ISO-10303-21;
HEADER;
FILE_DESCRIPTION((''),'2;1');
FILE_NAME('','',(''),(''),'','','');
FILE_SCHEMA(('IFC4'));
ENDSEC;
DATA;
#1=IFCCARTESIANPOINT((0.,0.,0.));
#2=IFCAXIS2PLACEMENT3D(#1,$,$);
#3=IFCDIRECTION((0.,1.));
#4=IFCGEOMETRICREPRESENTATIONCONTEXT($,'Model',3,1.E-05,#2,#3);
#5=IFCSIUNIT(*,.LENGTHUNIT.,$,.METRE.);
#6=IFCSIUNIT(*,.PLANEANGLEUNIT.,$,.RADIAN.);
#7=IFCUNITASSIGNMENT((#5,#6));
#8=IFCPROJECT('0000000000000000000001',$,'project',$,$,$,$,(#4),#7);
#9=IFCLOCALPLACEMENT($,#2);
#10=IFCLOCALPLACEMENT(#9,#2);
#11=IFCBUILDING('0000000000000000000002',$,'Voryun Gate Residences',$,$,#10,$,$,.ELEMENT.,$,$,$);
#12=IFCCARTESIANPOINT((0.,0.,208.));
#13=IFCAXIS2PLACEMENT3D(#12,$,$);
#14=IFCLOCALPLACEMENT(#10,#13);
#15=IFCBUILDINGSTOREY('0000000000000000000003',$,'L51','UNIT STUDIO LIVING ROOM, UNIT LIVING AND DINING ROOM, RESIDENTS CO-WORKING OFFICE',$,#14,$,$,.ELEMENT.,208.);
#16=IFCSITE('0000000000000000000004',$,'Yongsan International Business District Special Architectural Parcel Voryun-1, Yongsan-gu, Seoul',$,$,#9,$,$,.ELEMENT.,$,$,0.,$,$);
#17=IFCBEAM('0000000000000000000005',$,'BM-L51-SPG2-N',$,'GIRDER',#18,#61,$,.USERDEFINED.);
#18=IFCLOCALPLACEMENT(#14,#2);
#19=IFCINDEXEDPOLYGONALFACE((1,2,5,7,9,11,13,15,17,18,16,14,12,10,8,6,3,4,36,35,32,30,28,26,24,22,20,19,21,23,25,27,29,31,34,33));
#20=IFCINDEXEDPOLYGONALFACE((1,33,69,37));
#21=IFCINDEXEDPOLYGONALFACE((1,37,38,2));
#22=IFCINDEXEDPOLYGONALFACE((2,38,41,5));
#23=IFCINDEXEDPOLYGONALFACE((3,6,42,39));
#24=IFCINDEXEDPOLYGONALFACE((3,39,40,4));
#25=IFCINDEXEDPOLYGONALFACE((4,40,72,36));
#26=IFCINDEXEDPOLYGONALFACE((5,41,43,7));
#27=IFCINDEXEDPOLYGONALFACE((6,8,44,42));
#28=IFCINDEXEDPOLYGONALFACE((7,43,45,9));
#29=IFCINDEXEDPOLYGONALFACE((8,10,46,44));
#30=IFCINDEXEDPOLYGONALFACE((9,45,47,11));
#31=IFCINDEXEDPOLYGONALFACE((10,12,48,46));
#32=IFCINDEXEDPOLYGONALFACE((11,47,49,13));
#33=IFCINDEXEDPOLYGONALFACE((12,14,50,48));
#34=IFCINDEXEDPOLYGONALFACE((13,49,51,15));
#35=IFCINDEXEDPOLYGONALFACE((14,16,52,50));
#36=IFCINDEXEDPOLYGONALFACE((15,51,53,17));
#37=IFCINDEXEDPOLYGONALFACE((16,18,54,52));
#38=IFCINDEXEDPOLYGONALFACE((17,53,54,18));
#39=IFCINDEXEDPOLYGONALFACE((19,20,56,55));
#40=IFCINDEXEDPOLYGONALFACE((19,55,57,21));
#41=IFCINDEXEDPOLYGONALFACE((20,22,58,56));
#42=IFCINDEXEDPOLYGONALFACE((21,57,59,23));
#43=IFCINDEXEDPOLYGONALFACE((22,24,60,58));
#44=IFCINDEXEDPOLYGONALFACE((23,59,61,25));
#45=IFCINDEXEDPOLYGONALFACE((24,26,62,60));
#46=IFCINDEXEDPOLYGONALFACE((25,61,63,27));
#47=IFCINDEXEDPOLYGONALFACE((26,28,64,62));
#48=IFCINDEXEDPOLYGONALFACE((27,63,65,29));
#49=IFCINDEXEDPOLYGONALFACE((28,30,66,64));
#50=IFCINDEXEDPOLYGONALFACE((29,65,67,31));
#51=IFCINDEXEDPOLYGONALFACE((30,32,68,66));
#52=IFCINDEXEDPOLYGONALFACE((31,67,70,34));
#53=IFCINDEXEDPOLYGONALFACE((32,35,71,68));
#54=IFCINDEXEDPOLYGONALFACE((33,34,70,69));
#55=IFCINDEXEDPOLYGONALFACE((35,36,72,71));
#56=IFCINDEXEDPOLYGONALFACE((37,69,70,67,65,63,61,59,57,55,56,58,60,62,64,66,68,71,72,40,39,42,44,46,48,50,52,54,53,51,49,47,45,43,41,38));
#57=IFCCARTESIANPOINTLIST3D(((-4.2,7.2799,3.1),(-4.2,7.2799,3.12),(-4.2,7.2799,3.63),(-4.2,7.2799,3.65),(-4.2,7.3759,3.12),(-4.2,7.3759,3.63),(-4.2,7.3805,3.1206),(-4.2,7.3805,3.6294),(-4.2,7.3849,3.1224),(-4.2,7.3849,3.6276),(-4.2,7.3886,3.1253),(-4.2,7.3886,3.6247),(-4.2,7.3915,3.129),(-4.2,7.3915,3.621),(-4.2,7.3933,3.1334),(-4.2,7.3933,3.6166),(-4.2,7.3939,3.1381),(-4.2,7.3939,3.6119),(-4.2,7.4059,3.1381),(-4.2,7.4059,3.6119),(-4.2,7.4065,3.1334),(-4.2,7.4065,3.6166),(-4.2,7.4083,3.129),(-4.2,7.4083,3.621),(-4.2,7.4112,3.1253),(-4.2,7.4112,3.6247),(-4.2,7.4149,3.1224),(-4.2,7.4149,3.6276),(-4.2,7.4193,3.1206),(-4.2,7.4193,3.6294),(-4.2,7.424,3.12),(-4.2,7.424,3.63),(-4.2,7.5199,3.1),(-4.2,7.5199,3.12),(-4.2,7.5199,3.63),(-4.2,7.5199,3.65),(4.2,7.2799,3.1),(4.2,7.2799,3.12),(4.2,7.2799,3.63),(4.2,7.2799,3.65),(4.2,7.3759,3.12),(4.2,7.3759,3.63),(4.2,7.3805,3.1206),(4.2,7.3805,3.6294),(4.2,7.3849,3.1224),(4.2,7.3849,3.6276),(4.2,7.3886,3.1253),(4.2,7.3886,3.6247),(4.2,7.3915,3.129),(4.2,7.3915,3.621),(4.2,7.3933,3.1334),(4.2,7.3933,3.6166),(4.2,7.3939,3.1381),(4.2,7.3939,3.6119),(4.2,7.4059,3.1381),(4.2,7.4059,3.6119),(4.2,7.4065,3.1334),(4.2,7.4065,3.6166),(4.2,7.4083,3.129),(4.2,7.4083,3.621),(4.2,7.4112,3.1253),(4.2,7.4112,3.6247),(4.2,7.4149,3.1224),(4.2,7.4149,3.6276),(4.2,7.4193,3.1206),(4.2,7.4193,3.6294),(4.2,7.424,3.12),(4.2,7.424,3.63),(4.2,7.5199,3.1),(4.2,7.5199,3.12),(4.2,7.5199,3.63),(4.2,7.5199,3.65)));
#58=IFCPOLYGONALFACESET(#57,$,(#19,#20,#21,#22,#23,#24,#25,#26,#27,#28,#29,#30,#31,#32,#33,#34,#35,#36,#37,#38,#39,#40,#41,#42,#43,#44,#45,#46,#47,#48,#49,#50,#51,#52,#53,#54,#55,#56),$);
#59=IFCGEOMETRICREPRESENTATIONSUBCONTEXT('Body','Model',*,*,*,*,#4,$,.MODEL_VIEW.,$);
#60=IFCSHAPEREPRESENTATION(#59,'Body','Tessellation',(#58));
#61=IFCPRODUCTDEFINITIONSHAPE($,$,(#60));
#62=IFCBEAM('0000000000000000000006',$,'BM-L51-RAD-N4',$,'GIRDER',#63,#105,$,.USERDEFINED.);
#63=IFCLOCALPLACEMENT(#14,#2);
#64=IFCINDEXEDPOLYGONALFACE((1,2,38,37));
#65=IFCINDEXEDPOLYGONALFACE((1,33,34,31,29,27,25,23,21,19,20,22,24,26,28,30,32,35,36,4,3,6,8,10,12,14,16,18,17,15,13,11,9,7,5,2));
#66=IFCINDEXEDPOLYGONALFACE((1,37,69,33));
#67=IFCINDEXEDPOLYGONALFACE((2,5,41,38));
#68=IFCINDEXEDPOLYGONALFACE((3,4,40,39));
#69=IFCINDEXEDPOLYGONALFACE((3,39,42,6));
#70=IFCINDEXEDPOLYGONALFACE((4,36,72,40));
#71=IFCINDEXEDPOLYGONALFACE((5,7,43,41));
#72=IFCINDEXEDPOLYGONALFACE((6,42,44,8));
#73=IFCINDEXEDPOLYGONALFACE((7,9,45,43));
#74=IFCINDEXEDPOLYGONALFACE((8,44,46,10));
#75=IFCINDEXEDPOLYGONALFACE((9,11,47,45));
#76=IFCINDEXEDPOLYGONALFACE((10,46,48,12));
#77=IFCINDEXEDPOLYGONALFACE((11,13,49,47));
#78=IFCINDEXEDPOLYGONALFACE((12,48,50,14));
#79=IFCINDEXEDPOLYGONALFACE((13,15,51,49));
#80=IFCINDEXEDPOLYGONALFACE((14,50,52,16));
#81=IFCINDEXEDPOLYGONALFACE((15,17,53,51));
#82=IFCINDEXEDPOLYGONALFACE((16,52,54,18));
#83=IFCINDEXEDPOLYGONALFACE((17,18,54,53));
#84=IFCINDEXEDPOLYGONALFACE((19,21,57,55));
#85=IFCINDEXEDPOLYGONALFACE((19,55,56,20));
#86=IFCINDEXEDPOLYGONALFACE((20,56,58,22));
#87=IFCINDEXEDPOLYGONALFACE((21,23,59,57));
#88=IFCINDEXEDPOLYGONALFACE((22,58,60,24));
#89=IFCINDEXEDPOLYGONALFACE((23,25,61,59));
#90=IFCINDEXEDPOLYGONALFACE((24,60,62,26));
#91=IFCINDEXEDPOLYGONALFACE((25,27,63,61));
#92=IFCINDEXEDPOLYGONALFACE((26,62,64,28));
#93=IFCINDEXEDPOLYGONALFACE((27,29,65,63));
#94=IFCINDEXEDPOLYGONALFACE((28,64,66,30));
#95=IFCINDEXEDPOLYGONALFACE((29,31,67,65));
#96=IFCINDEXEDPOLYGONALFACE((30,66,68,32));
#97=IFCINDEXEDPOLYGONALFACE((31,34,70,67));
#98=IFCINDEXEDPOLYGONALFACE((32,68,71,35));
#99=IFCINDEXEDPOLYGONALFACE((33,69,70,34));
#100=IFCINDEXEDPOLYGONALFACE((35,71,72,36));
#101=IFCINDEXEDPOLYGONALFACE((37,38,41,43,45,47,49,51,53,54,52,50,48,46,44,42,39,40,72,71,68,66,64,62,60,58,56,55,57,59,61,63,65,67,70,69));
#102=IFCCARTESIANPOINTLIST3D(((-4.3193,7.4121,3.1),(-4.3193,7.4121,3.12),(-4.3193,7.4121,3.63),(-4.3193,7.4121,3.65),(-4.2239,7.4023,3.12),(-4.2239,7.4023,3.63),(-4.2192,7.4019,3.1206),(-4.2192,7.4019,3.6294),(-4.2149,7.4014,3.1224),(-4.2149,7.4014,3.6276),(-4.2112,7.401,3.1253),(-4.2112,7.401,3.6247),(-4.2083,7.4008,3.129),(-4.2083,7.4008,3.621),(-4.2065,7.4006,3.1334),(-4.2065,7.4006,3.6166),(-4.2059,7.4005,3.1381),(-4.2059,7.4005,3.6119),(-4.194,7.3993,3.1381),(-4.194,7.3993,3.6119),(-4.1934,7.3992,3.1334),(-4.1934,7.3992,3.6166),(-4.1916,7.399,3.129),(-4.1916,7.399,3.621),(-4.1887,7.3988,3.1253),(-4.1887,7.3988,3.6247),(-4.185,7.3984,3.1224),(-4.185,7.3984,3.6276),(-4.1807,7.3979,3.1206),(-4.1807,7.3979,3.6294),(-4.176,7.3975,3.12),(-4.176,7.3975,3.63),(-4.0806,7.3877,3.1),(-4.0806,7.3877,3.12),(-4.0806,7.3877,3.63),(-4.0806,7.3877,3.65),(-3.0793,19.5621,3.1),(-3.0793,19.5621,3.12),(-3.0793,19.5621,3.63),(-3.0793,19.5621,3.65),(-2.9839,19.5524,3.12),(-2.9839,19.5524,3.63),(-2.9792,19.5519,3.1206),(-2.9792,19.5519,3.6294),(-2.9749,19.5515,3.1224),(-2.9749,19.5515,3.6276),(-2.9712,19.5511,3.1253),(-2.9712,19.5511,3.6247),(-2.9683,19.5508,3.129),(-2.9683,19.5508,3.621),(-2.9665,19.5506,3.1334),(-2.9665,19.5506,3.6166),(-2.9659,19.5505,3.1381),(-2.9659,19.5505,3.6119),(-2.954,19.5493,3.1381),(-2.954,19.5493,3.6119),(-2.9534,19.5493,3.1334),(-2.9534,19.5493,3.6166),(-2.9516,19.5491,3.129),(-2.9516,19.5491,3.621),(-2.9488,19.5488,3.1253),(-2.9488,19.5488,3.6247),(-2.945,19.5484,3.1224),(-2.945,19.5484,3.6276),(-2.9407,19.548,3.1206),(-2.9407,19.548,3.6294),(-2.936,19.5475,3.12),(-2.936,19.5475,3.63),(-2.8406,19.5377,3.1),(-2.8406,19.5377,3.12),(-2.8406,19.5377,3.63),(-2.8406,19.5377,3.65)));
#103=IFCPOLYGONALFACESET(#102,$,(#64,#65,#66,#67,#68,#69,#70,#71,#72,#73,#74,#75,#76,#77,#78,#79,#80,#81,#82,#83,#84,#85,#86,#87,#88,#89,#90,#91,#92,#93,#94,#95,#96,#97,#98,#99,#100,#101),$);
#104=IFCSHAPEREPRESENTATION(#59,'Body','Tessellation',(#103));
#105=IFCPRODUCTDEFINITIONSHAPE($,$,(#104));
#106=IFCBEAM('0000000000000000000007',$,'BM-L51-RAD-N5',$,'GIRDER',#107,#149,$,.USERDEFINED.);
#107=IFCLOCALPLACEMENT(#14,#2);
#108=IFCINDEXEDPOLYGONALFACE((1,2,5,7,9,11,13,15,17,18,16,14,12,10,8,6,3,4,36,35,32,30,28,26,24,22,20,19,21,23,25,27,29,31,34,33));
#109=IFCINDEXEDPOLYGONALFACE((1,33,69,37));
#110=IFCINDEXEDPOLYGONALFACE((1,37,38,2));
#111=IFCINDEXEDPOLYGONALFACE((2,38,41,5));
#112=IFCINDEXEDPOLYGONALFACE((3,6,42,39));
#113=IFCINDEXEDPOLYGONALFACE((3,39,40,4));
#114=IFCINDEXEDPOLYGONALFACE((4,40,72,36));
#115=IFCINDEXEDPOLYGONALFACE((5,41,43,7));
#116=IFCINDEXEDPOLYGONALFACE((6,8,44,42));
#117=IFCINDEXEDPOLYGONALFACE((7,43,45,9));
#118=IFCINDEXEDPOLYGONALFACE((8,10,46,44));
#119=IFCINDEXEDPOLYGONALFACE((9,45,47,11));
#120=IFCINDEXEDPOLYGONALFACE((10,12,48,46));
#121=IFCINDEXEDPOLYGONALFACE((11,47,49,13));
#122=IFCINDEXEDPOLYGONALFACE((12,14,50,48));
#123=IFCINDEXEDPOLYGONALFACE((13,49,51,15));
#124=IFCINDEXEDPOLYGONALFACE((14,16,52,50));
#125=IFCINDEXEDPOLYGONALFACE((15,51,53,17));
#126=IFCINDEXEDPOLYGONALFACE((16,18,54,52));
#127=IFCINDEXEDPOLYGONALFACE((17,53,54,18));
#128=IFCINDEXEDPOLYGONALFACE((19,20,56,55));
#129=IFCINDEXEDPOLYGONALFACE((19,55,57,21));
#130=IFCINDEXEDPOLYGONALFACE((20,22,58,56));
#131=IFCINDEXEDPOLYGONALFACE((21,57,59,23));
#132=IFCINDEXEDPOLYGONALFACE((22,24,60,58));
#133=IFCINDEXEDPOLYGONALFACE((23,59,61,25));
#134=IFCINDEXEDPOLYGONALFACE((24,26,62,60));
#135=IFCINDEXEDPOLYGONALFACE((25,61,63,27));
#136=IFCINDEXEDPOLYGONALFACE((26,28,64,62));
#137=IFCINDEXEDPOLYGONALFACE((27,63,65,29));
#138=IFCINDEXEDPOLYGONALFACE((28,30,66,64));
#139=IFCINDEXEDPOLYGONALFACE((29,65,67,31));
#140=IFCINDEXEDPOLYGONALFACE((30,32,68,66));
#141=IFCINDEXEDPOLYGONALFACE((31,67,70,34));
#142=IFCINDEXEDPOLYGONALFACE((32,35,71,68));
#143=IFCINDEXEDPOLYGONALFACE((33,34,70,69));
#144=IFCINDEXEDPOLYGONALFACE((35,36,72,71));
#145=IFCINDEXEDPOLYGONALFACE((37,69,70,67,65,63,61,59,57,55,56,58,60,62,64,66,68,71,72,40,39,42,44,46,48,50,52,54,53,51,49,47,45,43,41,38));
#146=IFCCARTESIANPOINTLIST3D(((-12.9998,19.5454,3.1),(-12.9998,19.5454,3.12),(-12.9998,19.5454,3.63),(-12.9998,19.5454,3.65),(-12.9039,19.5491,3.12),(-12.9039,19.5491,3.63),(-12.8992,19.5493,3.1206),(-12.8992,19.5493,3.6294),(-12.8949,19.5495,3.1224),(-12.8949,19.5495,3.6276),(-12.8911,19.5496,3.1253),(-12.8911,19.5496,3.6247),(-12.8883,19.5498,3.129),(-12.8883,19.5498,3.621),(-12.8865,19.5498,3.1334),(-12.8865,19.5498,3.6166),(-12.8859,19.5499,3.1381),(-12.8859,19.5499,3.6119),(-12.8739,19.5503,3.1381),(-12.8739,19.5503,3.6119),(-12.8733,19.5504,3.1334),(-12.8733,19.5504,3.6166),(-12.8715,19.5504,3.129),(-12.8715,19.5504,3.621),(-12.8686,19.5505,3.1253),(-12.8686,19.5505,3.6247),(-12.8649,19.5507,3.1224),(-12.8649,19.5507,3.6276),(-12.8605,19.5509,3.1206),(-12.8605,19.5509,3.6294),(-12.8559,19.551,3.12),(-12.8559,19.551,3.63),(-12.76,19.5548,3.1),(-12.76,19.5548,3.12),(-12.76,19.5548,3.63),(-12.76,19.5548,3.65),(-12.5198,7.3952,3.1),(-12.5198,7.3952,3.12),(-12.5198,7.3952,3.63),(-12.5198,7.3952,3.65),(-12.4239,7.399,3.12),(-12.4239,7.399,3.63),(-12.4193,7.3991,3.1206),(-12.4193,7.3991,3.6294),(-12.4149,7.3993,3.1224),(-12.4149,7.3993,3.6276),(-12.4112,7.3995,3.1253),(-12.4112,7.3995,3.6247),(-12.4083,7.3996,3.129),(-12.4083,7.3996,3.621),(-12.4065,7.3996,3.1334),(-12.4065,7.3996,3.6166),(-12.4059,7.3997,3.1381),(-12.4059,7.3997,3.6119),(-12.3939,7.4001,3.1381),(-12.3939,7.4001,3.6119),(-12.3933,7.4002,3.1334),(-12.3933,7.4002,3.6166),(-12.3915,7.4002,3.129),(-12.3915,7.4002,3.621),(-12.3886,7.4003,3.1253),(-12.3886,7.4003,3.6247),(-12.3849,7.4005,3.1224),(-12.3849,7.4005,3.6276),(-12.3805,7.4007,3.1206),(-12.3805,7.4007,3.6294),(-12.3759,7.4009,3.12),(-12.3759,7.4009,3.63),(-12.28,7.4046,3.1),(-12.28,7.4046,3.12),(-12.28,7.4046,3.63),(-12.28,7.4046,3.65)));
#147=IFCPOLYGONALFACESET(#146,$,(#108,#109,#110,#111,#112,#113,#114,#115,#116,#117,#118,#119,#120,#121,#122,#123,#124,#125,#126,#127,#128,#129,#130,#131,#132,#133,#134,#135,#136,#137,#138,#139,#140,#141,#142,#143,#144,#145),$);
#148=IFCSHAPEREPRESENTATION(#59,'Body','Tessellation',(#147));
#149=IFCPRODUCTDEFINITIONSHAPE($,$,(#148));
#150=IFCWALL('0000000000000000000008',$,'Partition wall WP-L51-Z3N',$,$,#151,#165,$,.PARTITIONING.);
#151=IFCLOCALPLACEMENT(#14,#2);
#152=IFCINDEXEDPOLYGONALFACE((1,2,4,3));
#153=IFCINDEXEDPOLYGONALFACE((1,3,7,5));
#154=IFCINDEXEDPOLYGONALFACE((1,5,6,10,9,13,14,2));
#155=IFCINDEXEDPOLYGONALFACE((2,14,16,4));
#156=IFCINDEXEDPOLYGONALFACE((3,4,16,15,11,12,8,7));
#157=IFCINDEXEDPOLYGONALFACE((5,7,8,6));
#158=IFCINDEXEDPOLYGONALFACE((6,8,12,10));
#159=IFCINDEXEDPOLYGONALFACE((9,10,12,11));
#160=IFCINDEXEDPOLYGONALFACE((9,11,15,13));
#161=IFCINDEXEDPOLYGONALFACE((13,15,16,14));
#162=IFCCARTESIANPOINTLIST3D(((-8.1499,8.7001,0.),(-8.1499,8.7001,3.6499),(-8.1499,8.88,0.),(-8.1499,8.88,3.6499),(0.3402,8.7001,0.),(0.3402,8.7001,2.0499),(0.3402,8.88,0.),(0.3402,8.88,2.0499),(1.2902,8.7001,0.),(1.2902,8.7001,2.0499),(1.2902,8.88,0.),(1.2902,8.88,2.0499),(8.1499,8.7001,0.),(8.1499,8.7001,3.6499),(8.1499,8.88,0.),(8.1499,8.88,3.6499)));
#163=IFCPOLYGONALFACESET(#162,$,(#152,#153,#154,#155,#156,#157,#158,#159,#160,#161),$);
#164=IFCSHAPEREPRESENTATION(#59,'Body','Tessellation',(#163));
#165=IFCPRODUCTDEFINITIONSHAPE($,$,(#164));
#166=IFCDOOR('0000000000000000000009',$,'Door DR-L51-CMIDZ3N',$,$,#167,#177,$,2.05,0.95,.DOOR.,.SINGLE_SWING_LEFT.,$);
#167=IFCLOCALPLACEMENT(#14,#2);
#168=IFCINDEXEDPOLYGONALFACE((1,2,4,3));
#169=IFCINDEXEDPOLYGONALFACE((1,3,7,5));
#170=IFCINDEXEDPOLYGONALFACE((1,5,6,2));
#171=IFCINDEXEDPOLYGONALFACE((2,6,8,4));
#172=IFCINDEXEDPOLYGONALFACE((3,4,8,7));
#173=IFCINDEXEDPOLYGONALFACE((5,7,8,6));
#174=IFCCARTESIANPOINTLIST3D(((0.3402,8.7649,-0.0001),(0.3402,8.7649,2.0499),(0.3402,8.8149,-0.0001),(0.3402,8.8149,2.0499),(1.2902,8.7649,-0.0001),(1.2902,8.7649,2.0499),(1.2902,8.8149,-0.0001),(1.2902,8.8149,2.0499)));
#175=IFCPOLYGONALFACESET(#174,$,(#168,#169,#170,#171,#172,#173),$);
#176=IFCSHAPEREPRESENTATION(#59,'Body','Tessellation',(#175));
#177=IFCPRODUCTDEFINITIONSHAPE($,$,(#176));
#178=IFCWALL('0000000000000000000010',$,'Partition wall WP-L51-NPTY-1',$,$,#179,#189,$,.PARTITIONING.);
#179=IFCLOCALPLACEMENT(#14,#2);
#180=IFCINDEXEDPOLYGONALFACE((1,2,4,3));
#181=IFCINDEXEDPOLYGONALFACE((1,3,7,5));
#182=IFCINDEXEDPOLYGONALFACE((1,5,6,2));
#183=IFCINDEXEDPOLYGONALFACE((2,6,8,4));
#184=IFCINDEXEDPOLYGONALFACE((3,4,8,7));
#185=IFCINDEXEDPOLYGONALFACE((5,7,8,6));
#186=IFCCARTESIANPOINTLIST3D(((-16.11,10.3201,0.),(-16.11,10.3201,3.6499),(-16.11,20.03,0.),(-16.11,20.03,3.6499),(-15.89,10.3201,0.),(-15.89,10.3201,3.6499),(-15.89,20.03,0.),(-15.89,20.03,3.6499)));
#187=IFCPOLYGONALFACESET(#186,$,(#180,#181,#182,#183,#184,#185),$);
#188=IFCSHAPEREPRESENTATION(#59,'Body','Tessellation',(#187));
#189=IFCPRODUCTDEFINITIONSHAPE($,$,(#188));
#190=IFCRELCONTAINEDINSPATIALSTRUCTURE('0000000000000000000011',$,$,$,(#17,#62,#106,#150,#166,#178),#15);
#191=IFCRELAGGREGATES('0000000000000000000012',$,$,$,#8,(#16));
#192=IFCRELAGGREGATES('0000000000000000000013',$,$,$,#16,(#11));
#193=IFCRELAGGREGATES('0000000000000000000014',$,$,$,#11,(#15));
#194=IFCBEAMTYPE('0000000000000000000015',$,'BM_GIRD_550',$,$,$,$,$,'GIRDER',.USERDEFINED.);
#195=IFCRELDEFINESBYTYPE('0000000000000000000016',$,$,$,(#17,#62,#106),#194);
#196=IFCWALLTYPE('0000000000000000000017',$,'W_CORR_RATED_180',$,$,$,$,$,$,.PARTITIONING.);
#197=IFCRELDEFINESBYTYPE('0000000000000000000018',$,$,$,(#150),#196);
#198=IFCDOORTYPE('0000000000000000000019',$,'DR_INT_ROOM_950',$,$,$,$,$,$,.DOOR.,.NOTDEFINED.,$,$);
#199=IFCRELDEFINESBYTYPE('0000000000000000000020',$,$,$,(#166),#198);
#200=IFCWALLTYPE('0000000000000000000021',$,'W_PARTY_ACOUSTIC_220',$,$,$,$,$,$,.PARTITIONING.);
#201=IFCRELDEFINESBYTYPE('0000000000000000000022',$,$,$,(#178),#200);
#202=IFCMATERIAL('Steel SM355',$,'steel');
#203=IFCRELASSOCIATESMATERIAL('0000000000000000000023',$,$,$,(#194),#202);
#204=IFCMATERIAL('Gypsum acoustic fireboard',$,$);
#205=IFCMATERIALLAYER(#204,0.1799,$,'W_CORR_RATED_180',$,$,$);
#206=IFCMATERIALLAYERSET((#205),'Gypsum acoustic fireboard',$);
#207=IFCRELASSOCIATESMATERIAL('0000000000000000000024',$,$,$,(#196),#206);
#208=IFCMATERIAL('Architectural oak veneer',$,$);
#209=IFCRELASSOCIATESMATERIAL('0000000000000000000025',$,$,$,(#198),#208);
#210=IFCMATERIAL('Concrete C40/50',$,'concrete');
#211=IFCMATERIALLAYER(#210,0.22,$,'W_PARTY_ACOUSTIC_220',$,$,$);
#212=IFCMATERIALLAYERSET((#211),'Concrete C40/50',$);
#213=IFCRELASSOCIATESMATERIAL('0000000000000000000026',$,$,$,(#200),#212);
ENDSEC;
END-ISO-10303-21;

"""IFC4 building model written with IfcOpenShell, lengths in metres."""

from ifc_helpers import new_model, si_unit, direction, frame, frame_2d, origin, origin_2d, place, context, subcontext, project, spatial, rectangle, i_section, extrude, material, layer, layer_set, material_profile, profile_set, type_object, element, fill, save


model = new_model("IFC4")

# Units and contexts
model_context = context("Model", 3, precision=1e-05, world=origin(), true_north=direction((0.0, 1.0)))
body_context = subcontext(model_context, "Body", "Model", "MODEL_VIEW")
ifc_project = project(units=[si_unit("LENGTHUNIT", "METRE"), si_unit("PLANEANGLEUNIT", "RADIAN")], contexts=[model_context])

# Site, building, storey
site_placement = place(None, origin())
site = spatial("IfcSite", under=ifc_project, at=site_placement, Name="Yongsan International Business District Special Architectural Parcel Voryun-1, Yongsan-gu, Seoul", CompositionType="ELEMENT", RefElevation=0.0)
building_placement = place(site_placement, origin())
building = spatial("IfcBuilding", under=site, at=building_placement, Name="Voryun Gate Residences", CompositionType="ELEMENT")
storey_placement = place(building_placement, frame((0.0, 0.0, 208.0)))
storey = spatial("IfcBuildingStorey", under=building, at=storey_placement, Name="L51", Description="UNIT STUDIO LIVING ROOM, UNIT LIVING AND DINING ROOM, RESIDENTS CO-WORKING OFFICE", CompositionType="ELEMENT", Elevation=208.0)

# Beams
ifc_material_1 = material(Name="Steel SM355", Category="steel")
ifc_material_profile_1 = material_profile(ifc_material_1, i_section(OverallWidth=0.24, OverallDepth=0.55, WebThickness=0.012, FlangeThickness=0.02, FilletRadius=0.0181, at=origin_2d()), Name="H-550x240x12x20")
ifc_profile_set_1 = profile_set([ifc_material_profile_1], Name="Steel SM355")
beam_type_1 = type_object("IfcBeamType", Name="BM_GIRD_550", ElementType="GIRDER", PredefinedType="USERDEFINED", material=ifc_profile_set_1)
beam_1_placement = place(storey_placement, frame((-4.2, 7.3999, 3.375), z_axis=(1.0, 0.0, 0.0), x_axis=(0.0, 1.0, 0.0)))
element("IfcBeam", 1, at=beam_1_placement, inside=storey, type_object=beam_type_1, Name="BM-L51-SPG2-N", ObjectType="GIRDER", PredefinedType="USERDEFINED", context=body_context, shape_type="SweptSolid", body=[
    extrude(i_section(OverallWidth=0.24, OverallDepth=0.55, WebThickness=0.012, FlangeThickness=0.02, FilletRadius=0.0181, at=origin_2d()), origin(), (0.0, 0.0, 1.0), 8.3999),
])
beam_2_placement = place(storey_placement, frame((-4.2, 7.3999, 3.375), z_axis=(0.101528, 0.994833, 0.0), x_axis=(-0.994833, 0.101528, 0.0)))
element("IfcBeam", 2, at=beam_2_placement, inside=storey, type_object=beam_type_1, Name="BM-L51-RAD-N4", ObjectType="GIRDER", PredefinedType="USERDEFINED", context=body_context, shape_type="SweptSolid", body=[
    extrude(i_section(OverallWidth=0.24, OverallDepth=0.55, WebThickness=0.012, FlangeThickness=0.02, FilletRadius=0.0181, at=origin_2d()), origin(), (0.0, 0.0, 1.0), 12.2131),
])
beam_3_placement = place(storey_placement, frame((-12.3999, 7.3999, 3.375), z_axis=(-0.039473, 0.999221, 0.0), x_axis=(-0.999221, -0.039473, 0.0)))
element("IfcBeam", 3, at=beam_3_placement, inside=storey, type_object=beam_type_1, Name="BM-L51-RAD-N5", ObjectType="GIRDER", PredefinedType="USERDEFINED", context=body_context, shape_type="SweptSolid", body=[
    extrude(i_section(OverallWidth=0.24, OverallDepth=0.55, WebThickness=0.012, FlangeThickness=0.02, FilletRadius=0.0181, at=origin_2d()), origin(), (0.0, 0.0, 1.0), 12.1597),
])

# Wall, opening, door
ifc_material_2 = material(Name="Gypsum acoustic fireboard")
ifc_layer_1 = layer(ifc_material_2, 0.1799, Name="W_CORR_RATED_180")
ifc_layer_set_1 = layer_set([ifc_layer_1], Name="Gypsum acoustic fireboard")
wall_type_1 = type_object("IfcWallType", Name="W_CORR_RATED_180", PredefinedType="PARTITIONING", material=ifc_layer_set_1)
wall_1_placement = place(storey_placement, frame((-8.1499, 8.79, 0.0), z_axis=(0.0, 0.0, 1.0), x_axis=(1.0, 0.0, 0.0)))
wall_1 = element("IfcWall", 4, at=wall_1_placement, inside=storey, type_object=wall_type_1, Name="Partition wall WP-L51-Z3N", PredefinedType="PARTITIONING", context=body_context, shape_type="SweptSolid", body=[
    extrude(rectangle(XDim=16.2998, YDim=0.1799, at=frame_2d((8.1499, 0.0))), origin(), (0.0, 0.0, 1.0), 3.6499),
])
opening_1_placement = place(wall_1_placement, frame((8.49, 0.0, 0.0)))
opening_1 = element("IfcOpeningElement", 5, at=opening_1_placement, cuts=wall_1, PredefinedType="OPENING", context=body_context, shape_type="SweptSolid", body=[
    extrude(rectangle(XDim=0.95, YDim=2.05, at=frame_2d((0.4751, 1.0249))), frame((0.0, 0.0999, 0.0), z_axis=(0.0, -1.0, 0.0), x_axis=(1.0, 0.0, 0.0)), (0.0, 0.0, 1.0), 0.2),
])
ifc_material_3 = material(Name="Architectural oak veneer")
door_type_1 = type_object("IfcDoorType", Name="DR_INT_ROOM_950", OperationType="NOTDEFINED", PredefinedType="DOOR", material=ifc_material_3)
door_1_placement = place(opening_1_placement, origin())
door_1 = element("IfcDoor", 6, at=door_1_placement, inside=storey, type_object=door_type_1, Name="Door DR-L51-CMIDZ3N", OperationType="SINGLE_SWING_LEFT", OverallHeight=2.05, OverallWidth=0.95, PredefinedType="DOOR", context=body_context, shape_type="SweptSolid", body=[
    extrude(rectangle(XDim=0.95, YDim=2.05, at=frame_2d((0.4751, 1.0249))), frame((0.0, 0.0249, 0.0), z_axis=(0.0, -1.0, 0.0), x_axis=(1.0, 0.0, 0.0)), (0.0, 0.0, 1.0), 0.05),
])
fill(opening_1, door_1)

# Wall
ifc_material_4 = material(Name="Concrete C40/50", Category="concrete")
ifc_layer_2 = layer(ifc_material_4, 0.22, Name="W_PARTY_ACOUSTIC_220")
ifc_layer_set_2 = layer_set([ifc_layer_2], Name="Concrete C40/50")
wall_type_2 = type_object("IfcWallType", Name="W_PARTY_ACOUSTIC_220", PredefinedType="PARTITIONING", material=ifc_layer_set_2)
for number, where, z_axis, x_axis, name in (
    (7, (-16.0, 10.3201, 0.0), (0.0, 0.0, 1.0), (0.0, 1.0, 0.0), "Partition wall WP-L51-NPTY-1"),
):
    element("IfcWall", number, at=place(storey_placement, frame(where, z_axis=z_axis, x_axis=x_axis)), inside=storey, type_object=wall_type_2, Name=name, PredefinedType="PARTITIONING", context=body_context, shape_type="SweptSolid", body=[
        extrude(rectangle(XDim=9.71, YDim=0.22, at=frame_2d((4.855, 0.0))), origin(), (0.0, 0.0, 1.0), 3.6499),
    ])

save(model, "model.ifc")
